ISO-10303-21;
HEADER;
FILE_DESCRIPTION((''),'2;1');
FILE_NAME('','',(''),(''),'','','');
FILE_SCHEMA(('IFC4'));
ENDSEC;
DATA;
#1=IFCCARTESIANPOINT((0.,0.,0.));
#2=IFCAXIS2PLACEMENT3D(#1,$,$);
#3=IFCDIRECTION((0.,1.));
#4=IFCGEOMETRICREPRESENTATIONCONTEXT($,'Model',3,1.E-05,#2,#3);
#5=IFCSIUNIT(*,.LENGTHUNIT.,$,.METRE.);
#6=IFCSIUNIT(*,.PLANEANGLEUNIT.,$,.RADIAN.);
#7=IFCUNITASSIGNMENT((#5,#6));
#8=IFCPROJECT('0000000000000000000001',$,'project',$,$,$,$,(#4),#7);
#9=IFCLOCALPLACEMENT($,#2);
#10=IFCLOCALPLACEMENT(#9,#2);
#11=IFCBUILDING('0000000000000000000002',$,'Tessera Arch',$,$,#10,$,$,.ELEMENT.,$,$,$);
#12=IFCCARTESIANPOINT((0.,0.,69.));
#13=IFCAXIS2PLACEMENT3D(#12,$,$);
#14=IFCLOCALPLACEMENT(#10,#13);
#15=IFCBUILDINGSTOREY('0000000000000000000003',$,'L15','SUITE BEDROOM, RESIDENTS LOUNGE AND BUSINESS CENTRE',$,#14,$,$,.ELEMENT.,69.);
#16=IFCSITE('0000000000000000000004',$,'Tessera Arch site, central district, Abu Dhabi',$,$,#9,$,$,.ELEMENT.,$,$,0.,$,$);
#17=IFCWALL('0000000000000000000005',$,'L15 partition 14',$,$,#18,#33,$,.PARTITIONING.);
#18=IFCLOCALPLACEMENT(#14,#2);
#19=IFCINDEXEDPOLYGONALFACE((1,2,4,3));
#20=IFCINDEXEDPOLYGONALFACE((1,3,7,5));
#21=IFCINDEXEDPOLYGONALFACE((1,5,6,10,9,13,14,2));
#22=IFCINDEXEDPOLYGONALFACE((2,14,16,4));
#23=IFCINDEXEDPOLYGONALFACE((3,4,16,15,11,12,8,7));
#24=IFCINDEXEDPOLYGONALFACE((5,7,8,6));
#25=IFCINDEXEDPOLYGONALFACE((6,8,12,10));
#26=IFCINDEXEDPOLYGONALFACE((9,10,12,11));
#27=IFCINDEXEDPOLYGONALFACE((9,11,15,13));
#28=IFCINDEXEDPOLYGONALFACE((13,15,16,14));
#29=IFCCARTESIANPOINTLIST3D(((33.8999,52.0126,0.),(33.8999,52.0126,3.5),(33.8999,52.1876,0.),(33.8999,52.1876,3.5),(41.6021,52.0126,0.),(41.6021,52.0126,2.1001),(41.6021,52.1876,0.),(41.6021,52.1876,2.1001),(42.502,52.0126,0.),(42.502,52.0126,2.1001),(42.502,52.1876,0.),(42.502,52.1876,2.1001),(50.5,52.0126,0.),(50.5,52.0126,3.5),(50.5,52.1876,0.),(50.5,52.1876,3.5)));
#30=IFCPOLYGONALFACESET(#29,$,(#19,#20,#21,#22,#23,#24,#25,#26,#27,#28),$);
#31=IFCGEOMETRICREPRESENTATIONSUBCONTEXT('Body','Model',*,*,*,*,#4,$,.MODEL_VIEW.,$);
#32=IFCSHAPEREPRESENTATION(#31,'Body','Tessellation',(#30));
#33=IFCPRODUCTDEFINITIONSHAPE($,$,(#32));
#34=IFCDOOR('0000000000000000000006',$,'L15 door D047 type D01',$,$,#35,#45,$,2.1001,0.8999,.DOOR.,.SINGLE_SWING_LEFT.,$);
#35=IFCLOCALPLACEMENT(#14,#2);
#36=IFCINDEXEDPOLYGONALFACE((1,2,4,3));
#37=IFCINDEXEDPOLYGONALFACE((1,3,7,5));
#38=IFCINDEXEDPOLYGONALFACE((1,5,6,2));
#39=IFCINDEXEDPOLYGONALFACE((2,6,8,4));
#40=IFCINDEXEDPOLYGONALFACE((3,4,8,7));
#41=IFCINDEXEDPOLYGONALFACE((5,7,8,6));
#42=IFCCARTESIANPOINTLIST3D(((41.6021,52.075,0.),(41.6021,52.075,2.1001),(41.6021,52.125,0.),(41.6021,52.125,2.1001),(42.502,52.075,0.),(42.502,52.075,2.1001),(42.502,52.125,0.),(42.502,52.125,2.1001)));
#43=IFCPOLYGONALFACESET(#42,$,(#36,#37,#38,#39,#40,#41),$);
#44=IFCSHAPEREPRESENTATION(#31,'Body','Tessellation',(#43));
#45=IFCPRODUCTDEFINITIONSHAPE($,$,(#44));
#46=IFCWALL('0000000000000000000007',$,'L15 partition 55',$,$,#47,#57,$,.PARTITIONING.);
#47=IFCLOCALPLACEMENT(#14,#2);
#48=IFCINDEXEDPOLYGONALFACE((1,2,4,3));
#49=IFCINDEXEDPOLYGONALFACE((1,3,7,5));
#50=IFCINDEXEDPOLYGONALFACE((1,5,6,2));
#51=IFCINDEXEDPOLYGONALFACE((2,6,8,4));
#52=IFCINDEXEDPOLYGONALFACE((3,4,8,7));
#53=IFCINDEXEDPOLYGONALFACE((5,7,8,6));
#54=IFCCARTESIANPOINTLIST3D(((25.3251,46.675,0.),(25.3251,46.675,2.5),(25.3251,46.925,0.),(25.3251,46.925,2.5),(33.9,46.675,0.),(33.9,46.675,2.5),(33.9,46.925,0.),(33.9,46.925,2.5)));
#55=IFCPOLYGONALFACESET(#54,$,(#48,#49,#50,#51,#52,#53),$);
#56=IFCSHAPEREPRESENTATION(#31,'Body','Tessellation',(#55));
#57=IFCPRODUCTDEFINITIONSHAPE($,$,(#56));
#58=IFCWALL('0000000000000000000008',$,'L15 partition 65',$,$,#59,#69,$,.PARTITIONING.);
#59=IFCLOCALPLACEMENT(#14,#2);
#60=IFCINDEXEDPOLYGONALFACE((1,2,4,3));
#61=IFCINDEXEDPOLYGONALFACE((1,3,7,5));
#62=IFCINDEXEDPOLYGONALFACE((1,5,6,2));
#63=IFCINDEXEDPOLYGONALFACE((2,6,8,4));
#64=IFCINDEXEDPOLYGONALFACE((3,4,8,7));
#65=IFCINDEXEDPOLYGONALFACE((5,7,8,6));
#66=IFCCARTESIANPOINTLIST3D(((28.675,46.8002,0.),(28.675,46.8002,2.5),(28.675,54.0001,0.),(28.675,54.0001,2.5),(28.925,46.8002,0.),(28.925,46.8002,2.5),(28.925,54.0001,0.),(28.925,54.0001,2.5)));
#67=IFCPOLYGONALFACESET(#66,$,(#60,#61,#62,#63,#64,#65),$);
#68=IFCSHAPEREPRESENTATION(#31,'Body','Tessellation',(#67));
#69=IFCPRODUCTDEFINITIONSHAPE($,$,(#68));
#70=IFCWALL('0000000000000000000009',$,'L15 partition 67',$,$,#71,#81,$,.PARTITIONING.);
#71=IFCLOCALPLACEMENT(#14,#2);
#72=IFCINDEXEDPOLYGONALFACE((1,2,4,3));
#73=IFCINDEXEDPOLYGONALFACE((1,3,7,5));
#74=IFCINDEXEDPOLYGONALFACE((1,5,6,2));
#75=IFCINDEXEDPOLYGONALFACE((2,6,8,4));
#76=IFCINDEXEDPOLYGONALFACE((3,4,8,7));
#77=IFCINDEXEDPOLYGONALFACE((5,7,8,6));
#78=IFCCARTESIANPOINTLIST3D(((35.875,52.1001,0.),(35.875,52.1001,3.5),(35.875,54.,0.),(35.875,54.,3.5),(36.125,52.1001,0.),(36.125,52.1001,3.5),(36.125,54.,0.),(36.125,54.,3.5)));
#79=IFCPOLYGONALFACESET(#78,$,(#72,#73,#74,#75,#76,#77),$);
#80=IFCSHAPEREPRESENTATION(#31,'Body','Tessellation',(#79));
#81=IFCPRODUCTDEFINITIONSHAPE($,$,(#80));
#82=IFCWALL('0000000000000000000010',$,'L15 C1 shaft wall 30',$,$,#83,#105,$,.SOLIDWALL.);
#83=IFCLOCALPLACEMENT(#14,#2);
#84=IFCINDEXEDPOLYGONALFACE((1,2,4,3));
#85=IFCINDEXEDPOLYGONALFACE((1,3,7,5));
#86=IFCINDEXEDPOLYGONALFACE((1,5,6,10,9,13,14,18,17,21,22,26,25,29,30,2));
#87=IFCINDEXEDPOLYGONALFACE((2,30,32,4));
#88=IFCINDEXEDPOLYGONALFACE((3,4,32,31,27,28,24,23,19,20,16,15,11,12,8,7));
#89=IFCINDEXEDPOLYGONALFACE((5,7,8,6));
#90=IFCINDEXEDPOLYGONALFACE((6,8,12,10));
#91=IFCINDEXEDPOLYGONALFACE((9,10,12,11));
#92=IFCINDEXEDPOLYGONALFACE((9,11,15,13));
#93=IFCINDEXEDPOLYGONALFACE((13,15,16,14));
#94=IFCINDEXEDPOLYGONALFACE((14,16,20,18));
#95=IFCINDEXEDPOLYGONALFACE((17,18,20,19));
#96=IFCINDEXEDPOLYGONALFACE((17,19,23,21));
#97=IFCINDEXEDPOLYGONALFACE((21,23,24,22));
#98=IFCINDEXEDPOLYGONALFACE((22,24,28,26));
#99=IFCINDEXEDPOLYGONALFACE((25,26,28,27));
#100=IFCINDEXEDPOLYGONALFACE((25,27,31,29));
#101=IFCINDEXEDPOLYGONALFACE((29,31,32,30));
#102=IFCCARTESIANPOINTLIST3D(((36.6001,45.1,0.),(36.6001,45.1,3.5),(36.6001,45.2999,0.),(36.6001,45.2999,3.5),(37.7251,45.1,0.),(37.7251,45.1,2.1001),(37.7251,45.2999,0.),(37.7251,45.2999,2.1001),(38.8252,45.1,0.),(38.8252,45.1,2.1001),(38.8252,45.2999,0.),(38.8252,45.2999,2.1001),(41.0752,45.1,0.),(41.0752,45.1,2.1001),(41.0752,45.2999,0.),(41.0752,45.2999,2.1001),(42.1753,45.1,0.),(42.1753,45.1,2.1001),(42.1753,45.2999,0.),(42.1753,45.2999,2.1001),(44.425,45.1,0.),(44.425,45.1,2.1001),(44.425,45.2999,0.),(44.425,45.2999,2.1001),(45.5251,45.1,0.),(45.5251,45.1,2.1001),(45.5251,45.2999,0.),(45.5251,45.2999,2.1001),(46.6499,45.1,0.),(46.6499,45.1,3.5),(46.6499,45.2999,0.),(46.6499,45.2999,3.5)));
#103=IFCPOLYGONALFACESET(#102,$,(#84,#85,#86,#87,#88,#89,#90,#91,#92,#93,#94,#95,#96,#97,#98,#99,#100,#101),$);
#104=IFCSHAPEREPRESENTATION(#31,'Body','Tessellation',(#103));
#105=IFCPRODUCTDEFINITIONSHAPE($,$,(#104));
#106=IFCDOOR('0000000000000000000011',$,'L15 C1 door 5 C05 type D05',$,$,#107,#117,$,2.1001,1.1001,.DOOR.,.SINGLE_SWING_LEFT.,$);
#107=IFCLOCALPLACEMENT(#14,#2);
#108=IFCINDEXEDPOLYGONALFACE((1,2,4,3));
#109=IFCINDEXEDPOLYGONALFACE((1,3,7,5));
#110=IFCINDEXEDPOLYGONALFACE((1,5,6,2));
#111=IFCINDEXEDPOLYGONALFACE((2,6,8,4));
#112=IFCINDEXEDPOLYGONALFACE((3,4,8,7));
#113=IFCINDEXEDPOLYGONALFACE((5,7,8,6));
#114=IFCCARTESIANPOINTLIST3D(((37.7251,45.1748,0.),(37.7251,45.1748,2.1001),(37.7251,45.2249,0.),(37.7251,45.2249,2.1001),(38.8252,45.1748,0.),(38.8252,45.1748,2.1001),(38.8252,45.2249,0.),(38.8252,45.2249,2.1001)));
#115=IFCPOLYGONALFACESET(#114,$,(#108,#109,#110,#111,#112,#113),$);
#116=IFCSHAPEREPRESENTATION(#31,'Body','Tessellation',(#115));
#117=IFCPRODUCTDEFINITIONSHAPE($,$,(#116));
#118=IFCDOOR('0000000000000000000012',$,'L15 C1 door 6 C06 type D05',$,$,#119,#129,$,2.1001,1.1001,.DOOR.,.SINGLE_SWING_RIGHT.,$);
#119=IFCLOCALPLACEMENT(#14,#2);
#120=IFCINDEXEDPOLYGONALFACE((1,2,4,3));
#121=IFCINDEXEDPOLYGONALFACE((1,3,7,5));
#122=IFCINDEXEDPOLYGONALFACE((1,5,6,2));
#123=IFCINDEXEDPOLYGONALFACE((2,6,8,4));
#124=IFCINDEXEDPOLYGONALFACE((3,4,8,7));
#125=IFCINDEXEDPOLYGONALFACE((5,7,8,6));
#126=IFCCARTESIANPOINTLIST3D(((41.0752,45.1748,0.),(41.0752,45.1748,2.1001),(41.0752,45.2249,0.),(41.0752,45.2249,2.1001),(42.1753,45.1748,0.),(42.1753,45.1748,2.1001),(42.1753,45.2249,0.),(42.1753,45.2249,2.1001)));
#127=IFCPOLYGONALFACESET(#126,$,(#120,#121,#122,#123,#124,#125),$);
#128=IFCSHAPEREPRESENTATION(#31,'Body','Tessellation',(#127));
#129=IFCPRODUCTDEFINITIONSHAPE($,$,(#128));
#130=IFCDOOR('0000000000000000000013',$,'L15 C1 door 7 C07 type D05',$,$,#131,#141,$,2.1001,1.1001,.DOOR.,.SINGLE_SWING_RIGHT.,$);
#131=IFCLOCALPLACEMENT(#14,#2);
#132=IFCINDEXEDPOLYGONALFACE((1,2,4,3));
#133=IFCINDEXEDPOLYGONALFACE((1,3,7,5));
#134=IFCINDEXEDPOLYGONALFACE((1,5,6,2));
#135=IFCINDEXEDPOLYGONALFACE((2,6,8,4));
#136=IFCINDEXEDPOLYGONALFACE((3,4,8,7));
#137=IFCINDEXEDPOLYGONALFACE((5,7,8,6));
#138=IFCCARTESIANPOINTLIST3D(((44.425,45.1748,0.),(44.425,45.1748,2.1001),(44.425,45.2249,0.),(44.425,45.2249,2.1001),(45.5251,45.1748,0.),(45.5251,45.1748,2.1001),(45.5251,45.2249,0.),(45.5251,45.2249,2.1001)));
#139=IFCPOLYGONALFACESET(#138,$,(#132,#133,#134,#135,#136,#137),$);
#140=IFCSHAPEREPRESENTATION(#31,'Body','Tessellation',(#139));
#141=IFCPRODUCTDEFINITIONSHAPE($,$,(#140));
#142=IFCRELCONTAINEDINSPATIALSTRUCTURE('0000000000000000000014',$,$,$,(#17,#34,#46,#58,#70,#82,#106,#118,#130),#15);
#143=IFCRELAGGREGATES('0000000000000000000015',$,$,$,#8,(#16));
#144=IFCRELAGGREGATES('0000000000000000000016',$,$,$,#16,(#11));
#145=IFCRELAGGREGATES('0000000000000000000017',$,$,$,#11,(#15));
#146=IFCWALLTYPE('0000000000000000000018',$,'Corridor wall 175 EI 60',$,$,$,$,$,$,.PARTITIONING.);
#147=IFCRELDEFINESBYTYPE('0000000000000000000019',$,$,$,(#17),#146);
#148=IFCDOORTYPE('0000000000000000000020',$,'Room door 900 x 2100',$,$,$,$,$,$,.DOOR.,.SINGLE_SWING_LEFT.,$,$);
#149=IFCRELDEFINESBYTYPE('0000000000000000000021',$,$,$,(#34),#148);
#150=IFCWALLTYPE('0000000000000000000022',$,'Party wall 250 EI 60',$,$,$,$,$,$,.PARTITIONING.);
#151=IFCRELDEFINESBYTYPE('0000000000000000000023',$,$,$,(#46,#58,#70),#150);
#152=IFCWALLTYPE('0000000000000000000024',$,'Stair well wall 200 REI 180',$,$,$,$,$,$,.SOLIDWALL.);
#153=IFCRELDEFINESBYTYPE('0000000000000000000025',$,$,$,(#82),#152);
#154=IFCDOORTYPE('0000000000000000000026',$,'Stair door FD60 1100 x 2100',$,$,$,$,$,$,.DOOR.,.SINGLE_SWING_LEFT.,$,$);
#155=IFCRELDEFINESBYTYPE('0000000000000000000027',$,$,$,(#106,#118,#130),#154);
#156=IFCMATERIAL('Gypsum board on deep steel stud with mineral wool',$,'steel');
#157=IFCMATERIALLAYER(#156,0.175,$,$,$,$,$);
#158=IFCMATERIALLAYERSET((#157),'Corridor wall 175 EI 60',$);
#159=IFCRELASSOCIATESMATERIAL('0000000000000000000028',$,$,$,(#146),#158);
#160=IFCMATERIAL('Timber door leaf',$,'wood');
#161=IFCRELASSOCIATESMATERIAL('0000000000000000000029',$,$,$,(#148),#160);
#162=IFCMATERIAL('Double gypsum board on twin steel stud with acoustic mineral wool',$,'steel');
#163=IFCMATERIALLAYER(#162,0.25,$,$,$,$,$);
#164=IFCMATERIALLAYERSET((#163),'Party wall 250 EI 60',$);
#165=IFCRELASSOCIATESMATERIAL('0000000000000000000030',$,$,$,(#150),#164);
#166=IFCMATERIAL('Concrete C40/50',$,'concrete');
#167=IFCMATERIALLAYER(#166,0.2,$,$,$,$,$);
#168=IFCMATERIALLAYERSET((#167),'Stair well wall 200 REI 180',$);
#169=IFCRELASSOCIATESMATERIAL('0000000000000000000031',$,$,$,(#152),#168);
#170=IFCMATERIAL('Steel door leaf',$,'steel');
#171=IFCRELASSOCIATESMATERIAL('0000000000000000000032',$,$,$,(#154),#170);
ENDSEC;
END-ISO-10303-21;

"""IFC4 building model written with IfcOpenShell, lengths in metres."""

from ifc_helpers import new_model, si_unit, direction, frame, frame_2d, origin, place, context, subcontext, project, spatial, rectangle, extrude, material, layer, layer_set, type_object, element, fill, save


model = new_model("IFC4")

# Units and contexts
model_context = context("Model", 3, precision=1e-05, world=origin(), true_north=direction((0.0, 1.0)))
body_context = subcontext(model_context, "Body", "Model", "MODEL_VIEW")
ifc_project = project(units=[si_unit("LENGTHUNIT", "METRE"), si_unit("PLANEANGLEUNIT", "RADIAN")], contexts=[model_context])

# Site, building, storey
site_placement = place(None, origin())
site = spatial("IfcSite", under=ifc_project, at=site_placement, Name="Tessera Arch site, central district, Abu Dhabi", CompositionType="ELEMENT", RefElevation=0.0)
building_placement = place(site_placement, origin())
building = spatial("IfcBuilding", under=site, at=building_placement, Name="Tessera Arch", CompositionType="ELEMENT")
storey_placement = place(building_placement, frame((0.0, 0.0, 69.0)))
storey = spatial("IfcBuildingStorey", under=building, at=storey_placement, Name="L15", Description="SUITE BEDROOM, RESIDENTS LOUNGE AND BUSINESS CENTRE", CompositionType="ELEMENT", Elevation=69.0)

# Wall, opening, door
ifc_material_1 = material(Name="Gypsum board on deep steel stud with mineral wool", Category="steel")
ifc_layer_1 = layer(ifc_material_1, 0.175)
ifc_layer_set_1 = layer_set([ifc_layer_1], Name="Corridor wall 175 EI 60")
wall_type_1 = type_object("IfcWallType", Name="Corridor wall 175 EI 60", PredefinedType="PARTITIONING", material=ifc_layer_set_1)
wall_1_placement = place(storey_placement, frame((33.8999, 52.1001, 0.0), z_axis=(0.0, 0.0, 1.0), x_axis=(1.0, 0.0, 0.0)))
wall_1 = element("IfcWall", 1, at=wall_1_placement, inside=storey, type_object=wall_type_1, Name="L15 partition 14", PredefinedType="PARTITIONING", context=body_context, shape_type="SweptSolid", body=[
    extrude(rectangle(XDim=16.6001, YDim=0.175, at=frame_2d((8.3, 0.0))), origin(), (0.0, 0.0, 1.0), 3.5),
])
opening_1_placement = place(wall_1_placement, frame((7.7021, 0.0, 0.0)))
opening_1 = element("IfcOpeningElement", 2, at=opening_1_placement, cuts=wall_1, PredefinedType="OPENING", context=body_context, shape_type="SweptSolid", body=[
    extrude(rectangle(XDim=0.8999, YDim=2.1001, at=frame_2d((0.45, 1.05))), frame((0.0, 0.0974, 0.0), z_axis=(0.0, -1.0, 0.0), x_axis=(1.0, 0.0, 0.0)), (0.0, 0.0, 1.0), 0.1951),
])
ifc_material_2 = material(Name="Timber door leaf", Category="wood")
door_type_1 = type_object("IfcDoorType", Name="Room door 900 x 2100", OperationType="SINGLE_SWING_LEFT", PredefinedType="DOOR", material=ifc_material_2)
door_1_placement = place(opening_1_placement, origin())
door_1 = element("IfcDoor", 3, at=door_1_placement, inside=storey, type_object=door_type_1, Name="L15 door D047 type D01", OperationType="SINGLE_SWING_LEFT", OverallHeight=2.1001, OverallWidth=0.8999, PredefinedType="DOOR", context=body_context, shape_type="SweptSolid", body=[
    extrude(rectangle(XDim=0.8999, YDim=2.1001, at=frame_2d((0.45, 1.05))), frame((0.0, 0.0249, 0.0), z_axis=(0.0, -1.0, 0.0), x_axis=(1.0, 0.0, 0.0)), (0.0, 0.0, 1.0), 0.05),
])
fill(opening_1, door_1)

# Walls
ifc_material_3 = material(Name="Double gypsum board on twin steel stud with acoustic mineral wool", Category="steel")
ifc_layer_2 = layer(ifc_material_3, 0.25)
ifc_layer_set_2 = layer_set([ifc_layer_2], Name="Party wall 250 EI 60")
wall_type_2 = type_object("IfcWallType", Name="Party wall 250 EI 60", PredefinedType="PARTITIONING", material=ifc_layer_set_2)
wall_2_placement = place(storey_placement, frame((25.325, 46.8, 0.0), z_axis=(0.0, 0.0, 1.0), x_axis=(1.0, 0.0, 0.0)))
element("IfcWall", 4, at=wall_2_placement, inside=storey, type_object=wall_type_2, Name="L15 partition 55", PredefinedType="PARTITIONING", context=body_context, shape_type="SweptSolid", body=[
    extrude(rectangle(XDim=8.575, YDim=0.25, at=frame_2d((4.2876, 0.0))), origin(), (0.0, 0.0, 1.0), 2.5),
])
wall_3_placement = place(storey_placement, frame((28.8, 46.8, 0.0), z_axis=(0.0, 0.0, 1.0), x_axis=(0.0, 1.0, 0.0)))
element("IfcWall", 5, at=wall_3_placement, inside=storey, type_object=wall_type_2, Name="L15 partition 65", PredefinedType="PARTITIONING", context=body_context, shape_type="SweptSolid", body=[
    extrude(rectangle(XDim=7.2, YDim=0.25, at=frame_2d((3.6001, 0.0))), origin(), (0.0, 0.0, 1.0), 2.5),
])
wall_4_placement = place(storey_placement, frame((36.0, 52.1001, 0.0), z_axis=(0.0, 0.0, 1.0), x_axis=(0.0, 1.0, 0.0)))
element("IfcWall", 6, at=wall_4_placement, inside=storey, type_object=wall_type_2, Name="L15 partition 67", PredefinedType="PARTITIONING", context=body_context, shape_type="SweptSolid", body=[
    extrude(rectangle(XDim=1.8999, YDim=0.25, at=frame_2d((0.95, 0.0))), origin(), (0.0, 0.0, 1.0), 3.5),
])

# Wall, openings, doors
ifc_material_4 = material(Name="Concrete C40/50", Category="concrete")
ifc_layer_3 = layer(ifc_material_4, 0.2)
ifc_layer_set_3 = layer_set([ifc_layer_3], Name="Stair well wall 200 REI 180")
wall_type_3 = type_object("IfcWallType", Name="Stair well wall 200 REI 180", PredefinedType="SOLIDWALL", material=ifc_layer_set_3)
wall_5_placement = place(storey_placement, frame((36.6001, 45.2, 0.0), z_axis=(0.0, 0.0, 1.0), x_axis=(1.0, 0.0, 0.0)))
wall_5 = element("IfcWall", 7, at=wall_5_placement, inside=storey, type_object=wall_type_3, Name="L15 C1 shaft wall 30", PredefinedType="SOLIDWALL", context=body_context, shape_type="SweptSolid", body=[
    extrude(rectangle(XDim=10.0498, YDim=0.2, at=frame_2d((5.0249, 0.0))), origin(), (0.0, 0.0, 1.0), 3.5),
])
opening_2_placement = place(wall_5_placement, frame((1.125, 0.0, 0.0)))
opening_2 = element("IfcOpeningElement", 8, at=opening_2_placement, cuts=wall_5, PredefinedType="OPENING", context=body_context, shape_type="SweptSolid", body=[
    extrude(rectangle(XDim=1.1001, YDim=2.1001, at=frame_2d((0.55, 1.05))), frame((0.0, 0.1099, 0.0), z_axis=(0.0, -1.0, 0.0), x_axis=(1.0, 0.0, 0.0)), (0.0, 0.0, 1.0), 0.22),
])
opening_3_placement = place(wall_5_placement, frame((4.4751, 0.0, 0.0)))
opening_3 = element("IfcOpeningElement", 9, at=opening_3_placement, cuts=wall_5, PredefinedType="OPENING", context=body_context, shape_type="SweptSolid", body=[
    extrude(rectangle(XDim=1.1001, YDim=2.1001, at=frame_2d((0.55, 1.05))), frame((0.0, 0.1099, 0.0), z_axis=(0.0, -1.0, 0.0), x_axis=(1.0, 0.0, 0.0)), (0.0, 0.0, 1.0), 0.22),
])
opening_4_placement = place(wall_5_placement, frame((7.825, 0.0, 0.0)))
opening_4 = element("IfcOpeningElement", 10, at=opening_4_placement, cuts=wall_5, PredefinedType="OPENING", context=body_context, shape_type="SweptSolid", body=[
    extrude(rectangle(XDim=1.1001, YDim=2.1001, at=frame_2d((0.55, 1.05))), frame((0.0, 0.1099, 0.0), z_axis=(0.0, -1.0, 0.0), x_axis=(1.0, 0.0, 0.0)), (0.0, 0.0, 1.0), 0.22),
])
ifc_material_5 = material(Name="Steel door leaf", Category="steel")
door_type_2 = type_object("IfcDoorType", Name="Stair door FD60 1100 x 2100", OperationType="SINGLE_SWING_LEFT", PredefinedType="DOOR", material=ifc_material_5)
door_2_placement = place(opening_2_placement, origin())
door_2 = element("IfcDoor", 11, at=door_2_placement, inside=storey, type_object=door_type_2, Name="L15 C1 door 5 C05 type D05", OperationType="SINGLE_SWING_LEFT", OverallHeight=2.1001, OverallWidth=1.1001, PredefinedType="DOOR", context=body_context, shape_type="SweptSolid", body=[
    extrude(rectangle(XDim=1.1001, YDim=2.1001, at=frame_2d((0.55, 1.05))), frame((0.0, 0.0249, 0.0), z_axis=(0.0, -1.0, 0.0), x_axis=(1.0, 0.0, 0.0)), (0.0, 0.0, 1.0), 0.05),
])
fill(opening_2, door_2)
door_3_placement = place(opening_3_placement, origin())
door_3 = element("IfcDoor", 12, at=door_3_placement, inside=storey, type_object=door_type_2, Name="L15 C1 door 6 C06 type D05", OperationType="SINGLE_SWING_RIGHT", OverallHeight=2.1001, OverallWidth=1.1001, PredefinedType="DOOR", context=body_context, shape_type="SweptSolid", body=[
    extrude(rectangle(XDim=1.1001, YDim=2.1001, at=frame_2d((0.55, 1.05))), frame((0.0, 0.0249, 0.0), z_axis=(0.0, -1.0, 0.0), x_axis=(1.0, 0.0, 0.0)), (0.0, 0.0, 1.0), 0.05),
])
fill(opening_3, door_3)
door_4_placement = place(opening_4_placement, origin())
door_4 = element("IfcDoor", 13, at=door_4_placement, inside=storey, type_object=door_type_2, Name="L15 C1 door 7 C07 type D05", OperationType="SINGLE_SWING_RIGHT", OverallHeight=2.1001, OverallWidth=1.1001, PredefinedType="DOOR", context=body_context, shape_type="SweptSolid", body=[
    extrude(rectangle(XDim=1.1001, YDim=2.1001, at=frame_2d((0.55, 1.05))), frame((0.0, 0.0249, 0.0), z_axis=(0.0, -1.0, 0.0), x_axis=(1.0, 0.0, 0.0)), (0.0, 0.0, 1.0), 0.05),
])
fill(opening_4, door_4)

save(model, "model.ifc")
